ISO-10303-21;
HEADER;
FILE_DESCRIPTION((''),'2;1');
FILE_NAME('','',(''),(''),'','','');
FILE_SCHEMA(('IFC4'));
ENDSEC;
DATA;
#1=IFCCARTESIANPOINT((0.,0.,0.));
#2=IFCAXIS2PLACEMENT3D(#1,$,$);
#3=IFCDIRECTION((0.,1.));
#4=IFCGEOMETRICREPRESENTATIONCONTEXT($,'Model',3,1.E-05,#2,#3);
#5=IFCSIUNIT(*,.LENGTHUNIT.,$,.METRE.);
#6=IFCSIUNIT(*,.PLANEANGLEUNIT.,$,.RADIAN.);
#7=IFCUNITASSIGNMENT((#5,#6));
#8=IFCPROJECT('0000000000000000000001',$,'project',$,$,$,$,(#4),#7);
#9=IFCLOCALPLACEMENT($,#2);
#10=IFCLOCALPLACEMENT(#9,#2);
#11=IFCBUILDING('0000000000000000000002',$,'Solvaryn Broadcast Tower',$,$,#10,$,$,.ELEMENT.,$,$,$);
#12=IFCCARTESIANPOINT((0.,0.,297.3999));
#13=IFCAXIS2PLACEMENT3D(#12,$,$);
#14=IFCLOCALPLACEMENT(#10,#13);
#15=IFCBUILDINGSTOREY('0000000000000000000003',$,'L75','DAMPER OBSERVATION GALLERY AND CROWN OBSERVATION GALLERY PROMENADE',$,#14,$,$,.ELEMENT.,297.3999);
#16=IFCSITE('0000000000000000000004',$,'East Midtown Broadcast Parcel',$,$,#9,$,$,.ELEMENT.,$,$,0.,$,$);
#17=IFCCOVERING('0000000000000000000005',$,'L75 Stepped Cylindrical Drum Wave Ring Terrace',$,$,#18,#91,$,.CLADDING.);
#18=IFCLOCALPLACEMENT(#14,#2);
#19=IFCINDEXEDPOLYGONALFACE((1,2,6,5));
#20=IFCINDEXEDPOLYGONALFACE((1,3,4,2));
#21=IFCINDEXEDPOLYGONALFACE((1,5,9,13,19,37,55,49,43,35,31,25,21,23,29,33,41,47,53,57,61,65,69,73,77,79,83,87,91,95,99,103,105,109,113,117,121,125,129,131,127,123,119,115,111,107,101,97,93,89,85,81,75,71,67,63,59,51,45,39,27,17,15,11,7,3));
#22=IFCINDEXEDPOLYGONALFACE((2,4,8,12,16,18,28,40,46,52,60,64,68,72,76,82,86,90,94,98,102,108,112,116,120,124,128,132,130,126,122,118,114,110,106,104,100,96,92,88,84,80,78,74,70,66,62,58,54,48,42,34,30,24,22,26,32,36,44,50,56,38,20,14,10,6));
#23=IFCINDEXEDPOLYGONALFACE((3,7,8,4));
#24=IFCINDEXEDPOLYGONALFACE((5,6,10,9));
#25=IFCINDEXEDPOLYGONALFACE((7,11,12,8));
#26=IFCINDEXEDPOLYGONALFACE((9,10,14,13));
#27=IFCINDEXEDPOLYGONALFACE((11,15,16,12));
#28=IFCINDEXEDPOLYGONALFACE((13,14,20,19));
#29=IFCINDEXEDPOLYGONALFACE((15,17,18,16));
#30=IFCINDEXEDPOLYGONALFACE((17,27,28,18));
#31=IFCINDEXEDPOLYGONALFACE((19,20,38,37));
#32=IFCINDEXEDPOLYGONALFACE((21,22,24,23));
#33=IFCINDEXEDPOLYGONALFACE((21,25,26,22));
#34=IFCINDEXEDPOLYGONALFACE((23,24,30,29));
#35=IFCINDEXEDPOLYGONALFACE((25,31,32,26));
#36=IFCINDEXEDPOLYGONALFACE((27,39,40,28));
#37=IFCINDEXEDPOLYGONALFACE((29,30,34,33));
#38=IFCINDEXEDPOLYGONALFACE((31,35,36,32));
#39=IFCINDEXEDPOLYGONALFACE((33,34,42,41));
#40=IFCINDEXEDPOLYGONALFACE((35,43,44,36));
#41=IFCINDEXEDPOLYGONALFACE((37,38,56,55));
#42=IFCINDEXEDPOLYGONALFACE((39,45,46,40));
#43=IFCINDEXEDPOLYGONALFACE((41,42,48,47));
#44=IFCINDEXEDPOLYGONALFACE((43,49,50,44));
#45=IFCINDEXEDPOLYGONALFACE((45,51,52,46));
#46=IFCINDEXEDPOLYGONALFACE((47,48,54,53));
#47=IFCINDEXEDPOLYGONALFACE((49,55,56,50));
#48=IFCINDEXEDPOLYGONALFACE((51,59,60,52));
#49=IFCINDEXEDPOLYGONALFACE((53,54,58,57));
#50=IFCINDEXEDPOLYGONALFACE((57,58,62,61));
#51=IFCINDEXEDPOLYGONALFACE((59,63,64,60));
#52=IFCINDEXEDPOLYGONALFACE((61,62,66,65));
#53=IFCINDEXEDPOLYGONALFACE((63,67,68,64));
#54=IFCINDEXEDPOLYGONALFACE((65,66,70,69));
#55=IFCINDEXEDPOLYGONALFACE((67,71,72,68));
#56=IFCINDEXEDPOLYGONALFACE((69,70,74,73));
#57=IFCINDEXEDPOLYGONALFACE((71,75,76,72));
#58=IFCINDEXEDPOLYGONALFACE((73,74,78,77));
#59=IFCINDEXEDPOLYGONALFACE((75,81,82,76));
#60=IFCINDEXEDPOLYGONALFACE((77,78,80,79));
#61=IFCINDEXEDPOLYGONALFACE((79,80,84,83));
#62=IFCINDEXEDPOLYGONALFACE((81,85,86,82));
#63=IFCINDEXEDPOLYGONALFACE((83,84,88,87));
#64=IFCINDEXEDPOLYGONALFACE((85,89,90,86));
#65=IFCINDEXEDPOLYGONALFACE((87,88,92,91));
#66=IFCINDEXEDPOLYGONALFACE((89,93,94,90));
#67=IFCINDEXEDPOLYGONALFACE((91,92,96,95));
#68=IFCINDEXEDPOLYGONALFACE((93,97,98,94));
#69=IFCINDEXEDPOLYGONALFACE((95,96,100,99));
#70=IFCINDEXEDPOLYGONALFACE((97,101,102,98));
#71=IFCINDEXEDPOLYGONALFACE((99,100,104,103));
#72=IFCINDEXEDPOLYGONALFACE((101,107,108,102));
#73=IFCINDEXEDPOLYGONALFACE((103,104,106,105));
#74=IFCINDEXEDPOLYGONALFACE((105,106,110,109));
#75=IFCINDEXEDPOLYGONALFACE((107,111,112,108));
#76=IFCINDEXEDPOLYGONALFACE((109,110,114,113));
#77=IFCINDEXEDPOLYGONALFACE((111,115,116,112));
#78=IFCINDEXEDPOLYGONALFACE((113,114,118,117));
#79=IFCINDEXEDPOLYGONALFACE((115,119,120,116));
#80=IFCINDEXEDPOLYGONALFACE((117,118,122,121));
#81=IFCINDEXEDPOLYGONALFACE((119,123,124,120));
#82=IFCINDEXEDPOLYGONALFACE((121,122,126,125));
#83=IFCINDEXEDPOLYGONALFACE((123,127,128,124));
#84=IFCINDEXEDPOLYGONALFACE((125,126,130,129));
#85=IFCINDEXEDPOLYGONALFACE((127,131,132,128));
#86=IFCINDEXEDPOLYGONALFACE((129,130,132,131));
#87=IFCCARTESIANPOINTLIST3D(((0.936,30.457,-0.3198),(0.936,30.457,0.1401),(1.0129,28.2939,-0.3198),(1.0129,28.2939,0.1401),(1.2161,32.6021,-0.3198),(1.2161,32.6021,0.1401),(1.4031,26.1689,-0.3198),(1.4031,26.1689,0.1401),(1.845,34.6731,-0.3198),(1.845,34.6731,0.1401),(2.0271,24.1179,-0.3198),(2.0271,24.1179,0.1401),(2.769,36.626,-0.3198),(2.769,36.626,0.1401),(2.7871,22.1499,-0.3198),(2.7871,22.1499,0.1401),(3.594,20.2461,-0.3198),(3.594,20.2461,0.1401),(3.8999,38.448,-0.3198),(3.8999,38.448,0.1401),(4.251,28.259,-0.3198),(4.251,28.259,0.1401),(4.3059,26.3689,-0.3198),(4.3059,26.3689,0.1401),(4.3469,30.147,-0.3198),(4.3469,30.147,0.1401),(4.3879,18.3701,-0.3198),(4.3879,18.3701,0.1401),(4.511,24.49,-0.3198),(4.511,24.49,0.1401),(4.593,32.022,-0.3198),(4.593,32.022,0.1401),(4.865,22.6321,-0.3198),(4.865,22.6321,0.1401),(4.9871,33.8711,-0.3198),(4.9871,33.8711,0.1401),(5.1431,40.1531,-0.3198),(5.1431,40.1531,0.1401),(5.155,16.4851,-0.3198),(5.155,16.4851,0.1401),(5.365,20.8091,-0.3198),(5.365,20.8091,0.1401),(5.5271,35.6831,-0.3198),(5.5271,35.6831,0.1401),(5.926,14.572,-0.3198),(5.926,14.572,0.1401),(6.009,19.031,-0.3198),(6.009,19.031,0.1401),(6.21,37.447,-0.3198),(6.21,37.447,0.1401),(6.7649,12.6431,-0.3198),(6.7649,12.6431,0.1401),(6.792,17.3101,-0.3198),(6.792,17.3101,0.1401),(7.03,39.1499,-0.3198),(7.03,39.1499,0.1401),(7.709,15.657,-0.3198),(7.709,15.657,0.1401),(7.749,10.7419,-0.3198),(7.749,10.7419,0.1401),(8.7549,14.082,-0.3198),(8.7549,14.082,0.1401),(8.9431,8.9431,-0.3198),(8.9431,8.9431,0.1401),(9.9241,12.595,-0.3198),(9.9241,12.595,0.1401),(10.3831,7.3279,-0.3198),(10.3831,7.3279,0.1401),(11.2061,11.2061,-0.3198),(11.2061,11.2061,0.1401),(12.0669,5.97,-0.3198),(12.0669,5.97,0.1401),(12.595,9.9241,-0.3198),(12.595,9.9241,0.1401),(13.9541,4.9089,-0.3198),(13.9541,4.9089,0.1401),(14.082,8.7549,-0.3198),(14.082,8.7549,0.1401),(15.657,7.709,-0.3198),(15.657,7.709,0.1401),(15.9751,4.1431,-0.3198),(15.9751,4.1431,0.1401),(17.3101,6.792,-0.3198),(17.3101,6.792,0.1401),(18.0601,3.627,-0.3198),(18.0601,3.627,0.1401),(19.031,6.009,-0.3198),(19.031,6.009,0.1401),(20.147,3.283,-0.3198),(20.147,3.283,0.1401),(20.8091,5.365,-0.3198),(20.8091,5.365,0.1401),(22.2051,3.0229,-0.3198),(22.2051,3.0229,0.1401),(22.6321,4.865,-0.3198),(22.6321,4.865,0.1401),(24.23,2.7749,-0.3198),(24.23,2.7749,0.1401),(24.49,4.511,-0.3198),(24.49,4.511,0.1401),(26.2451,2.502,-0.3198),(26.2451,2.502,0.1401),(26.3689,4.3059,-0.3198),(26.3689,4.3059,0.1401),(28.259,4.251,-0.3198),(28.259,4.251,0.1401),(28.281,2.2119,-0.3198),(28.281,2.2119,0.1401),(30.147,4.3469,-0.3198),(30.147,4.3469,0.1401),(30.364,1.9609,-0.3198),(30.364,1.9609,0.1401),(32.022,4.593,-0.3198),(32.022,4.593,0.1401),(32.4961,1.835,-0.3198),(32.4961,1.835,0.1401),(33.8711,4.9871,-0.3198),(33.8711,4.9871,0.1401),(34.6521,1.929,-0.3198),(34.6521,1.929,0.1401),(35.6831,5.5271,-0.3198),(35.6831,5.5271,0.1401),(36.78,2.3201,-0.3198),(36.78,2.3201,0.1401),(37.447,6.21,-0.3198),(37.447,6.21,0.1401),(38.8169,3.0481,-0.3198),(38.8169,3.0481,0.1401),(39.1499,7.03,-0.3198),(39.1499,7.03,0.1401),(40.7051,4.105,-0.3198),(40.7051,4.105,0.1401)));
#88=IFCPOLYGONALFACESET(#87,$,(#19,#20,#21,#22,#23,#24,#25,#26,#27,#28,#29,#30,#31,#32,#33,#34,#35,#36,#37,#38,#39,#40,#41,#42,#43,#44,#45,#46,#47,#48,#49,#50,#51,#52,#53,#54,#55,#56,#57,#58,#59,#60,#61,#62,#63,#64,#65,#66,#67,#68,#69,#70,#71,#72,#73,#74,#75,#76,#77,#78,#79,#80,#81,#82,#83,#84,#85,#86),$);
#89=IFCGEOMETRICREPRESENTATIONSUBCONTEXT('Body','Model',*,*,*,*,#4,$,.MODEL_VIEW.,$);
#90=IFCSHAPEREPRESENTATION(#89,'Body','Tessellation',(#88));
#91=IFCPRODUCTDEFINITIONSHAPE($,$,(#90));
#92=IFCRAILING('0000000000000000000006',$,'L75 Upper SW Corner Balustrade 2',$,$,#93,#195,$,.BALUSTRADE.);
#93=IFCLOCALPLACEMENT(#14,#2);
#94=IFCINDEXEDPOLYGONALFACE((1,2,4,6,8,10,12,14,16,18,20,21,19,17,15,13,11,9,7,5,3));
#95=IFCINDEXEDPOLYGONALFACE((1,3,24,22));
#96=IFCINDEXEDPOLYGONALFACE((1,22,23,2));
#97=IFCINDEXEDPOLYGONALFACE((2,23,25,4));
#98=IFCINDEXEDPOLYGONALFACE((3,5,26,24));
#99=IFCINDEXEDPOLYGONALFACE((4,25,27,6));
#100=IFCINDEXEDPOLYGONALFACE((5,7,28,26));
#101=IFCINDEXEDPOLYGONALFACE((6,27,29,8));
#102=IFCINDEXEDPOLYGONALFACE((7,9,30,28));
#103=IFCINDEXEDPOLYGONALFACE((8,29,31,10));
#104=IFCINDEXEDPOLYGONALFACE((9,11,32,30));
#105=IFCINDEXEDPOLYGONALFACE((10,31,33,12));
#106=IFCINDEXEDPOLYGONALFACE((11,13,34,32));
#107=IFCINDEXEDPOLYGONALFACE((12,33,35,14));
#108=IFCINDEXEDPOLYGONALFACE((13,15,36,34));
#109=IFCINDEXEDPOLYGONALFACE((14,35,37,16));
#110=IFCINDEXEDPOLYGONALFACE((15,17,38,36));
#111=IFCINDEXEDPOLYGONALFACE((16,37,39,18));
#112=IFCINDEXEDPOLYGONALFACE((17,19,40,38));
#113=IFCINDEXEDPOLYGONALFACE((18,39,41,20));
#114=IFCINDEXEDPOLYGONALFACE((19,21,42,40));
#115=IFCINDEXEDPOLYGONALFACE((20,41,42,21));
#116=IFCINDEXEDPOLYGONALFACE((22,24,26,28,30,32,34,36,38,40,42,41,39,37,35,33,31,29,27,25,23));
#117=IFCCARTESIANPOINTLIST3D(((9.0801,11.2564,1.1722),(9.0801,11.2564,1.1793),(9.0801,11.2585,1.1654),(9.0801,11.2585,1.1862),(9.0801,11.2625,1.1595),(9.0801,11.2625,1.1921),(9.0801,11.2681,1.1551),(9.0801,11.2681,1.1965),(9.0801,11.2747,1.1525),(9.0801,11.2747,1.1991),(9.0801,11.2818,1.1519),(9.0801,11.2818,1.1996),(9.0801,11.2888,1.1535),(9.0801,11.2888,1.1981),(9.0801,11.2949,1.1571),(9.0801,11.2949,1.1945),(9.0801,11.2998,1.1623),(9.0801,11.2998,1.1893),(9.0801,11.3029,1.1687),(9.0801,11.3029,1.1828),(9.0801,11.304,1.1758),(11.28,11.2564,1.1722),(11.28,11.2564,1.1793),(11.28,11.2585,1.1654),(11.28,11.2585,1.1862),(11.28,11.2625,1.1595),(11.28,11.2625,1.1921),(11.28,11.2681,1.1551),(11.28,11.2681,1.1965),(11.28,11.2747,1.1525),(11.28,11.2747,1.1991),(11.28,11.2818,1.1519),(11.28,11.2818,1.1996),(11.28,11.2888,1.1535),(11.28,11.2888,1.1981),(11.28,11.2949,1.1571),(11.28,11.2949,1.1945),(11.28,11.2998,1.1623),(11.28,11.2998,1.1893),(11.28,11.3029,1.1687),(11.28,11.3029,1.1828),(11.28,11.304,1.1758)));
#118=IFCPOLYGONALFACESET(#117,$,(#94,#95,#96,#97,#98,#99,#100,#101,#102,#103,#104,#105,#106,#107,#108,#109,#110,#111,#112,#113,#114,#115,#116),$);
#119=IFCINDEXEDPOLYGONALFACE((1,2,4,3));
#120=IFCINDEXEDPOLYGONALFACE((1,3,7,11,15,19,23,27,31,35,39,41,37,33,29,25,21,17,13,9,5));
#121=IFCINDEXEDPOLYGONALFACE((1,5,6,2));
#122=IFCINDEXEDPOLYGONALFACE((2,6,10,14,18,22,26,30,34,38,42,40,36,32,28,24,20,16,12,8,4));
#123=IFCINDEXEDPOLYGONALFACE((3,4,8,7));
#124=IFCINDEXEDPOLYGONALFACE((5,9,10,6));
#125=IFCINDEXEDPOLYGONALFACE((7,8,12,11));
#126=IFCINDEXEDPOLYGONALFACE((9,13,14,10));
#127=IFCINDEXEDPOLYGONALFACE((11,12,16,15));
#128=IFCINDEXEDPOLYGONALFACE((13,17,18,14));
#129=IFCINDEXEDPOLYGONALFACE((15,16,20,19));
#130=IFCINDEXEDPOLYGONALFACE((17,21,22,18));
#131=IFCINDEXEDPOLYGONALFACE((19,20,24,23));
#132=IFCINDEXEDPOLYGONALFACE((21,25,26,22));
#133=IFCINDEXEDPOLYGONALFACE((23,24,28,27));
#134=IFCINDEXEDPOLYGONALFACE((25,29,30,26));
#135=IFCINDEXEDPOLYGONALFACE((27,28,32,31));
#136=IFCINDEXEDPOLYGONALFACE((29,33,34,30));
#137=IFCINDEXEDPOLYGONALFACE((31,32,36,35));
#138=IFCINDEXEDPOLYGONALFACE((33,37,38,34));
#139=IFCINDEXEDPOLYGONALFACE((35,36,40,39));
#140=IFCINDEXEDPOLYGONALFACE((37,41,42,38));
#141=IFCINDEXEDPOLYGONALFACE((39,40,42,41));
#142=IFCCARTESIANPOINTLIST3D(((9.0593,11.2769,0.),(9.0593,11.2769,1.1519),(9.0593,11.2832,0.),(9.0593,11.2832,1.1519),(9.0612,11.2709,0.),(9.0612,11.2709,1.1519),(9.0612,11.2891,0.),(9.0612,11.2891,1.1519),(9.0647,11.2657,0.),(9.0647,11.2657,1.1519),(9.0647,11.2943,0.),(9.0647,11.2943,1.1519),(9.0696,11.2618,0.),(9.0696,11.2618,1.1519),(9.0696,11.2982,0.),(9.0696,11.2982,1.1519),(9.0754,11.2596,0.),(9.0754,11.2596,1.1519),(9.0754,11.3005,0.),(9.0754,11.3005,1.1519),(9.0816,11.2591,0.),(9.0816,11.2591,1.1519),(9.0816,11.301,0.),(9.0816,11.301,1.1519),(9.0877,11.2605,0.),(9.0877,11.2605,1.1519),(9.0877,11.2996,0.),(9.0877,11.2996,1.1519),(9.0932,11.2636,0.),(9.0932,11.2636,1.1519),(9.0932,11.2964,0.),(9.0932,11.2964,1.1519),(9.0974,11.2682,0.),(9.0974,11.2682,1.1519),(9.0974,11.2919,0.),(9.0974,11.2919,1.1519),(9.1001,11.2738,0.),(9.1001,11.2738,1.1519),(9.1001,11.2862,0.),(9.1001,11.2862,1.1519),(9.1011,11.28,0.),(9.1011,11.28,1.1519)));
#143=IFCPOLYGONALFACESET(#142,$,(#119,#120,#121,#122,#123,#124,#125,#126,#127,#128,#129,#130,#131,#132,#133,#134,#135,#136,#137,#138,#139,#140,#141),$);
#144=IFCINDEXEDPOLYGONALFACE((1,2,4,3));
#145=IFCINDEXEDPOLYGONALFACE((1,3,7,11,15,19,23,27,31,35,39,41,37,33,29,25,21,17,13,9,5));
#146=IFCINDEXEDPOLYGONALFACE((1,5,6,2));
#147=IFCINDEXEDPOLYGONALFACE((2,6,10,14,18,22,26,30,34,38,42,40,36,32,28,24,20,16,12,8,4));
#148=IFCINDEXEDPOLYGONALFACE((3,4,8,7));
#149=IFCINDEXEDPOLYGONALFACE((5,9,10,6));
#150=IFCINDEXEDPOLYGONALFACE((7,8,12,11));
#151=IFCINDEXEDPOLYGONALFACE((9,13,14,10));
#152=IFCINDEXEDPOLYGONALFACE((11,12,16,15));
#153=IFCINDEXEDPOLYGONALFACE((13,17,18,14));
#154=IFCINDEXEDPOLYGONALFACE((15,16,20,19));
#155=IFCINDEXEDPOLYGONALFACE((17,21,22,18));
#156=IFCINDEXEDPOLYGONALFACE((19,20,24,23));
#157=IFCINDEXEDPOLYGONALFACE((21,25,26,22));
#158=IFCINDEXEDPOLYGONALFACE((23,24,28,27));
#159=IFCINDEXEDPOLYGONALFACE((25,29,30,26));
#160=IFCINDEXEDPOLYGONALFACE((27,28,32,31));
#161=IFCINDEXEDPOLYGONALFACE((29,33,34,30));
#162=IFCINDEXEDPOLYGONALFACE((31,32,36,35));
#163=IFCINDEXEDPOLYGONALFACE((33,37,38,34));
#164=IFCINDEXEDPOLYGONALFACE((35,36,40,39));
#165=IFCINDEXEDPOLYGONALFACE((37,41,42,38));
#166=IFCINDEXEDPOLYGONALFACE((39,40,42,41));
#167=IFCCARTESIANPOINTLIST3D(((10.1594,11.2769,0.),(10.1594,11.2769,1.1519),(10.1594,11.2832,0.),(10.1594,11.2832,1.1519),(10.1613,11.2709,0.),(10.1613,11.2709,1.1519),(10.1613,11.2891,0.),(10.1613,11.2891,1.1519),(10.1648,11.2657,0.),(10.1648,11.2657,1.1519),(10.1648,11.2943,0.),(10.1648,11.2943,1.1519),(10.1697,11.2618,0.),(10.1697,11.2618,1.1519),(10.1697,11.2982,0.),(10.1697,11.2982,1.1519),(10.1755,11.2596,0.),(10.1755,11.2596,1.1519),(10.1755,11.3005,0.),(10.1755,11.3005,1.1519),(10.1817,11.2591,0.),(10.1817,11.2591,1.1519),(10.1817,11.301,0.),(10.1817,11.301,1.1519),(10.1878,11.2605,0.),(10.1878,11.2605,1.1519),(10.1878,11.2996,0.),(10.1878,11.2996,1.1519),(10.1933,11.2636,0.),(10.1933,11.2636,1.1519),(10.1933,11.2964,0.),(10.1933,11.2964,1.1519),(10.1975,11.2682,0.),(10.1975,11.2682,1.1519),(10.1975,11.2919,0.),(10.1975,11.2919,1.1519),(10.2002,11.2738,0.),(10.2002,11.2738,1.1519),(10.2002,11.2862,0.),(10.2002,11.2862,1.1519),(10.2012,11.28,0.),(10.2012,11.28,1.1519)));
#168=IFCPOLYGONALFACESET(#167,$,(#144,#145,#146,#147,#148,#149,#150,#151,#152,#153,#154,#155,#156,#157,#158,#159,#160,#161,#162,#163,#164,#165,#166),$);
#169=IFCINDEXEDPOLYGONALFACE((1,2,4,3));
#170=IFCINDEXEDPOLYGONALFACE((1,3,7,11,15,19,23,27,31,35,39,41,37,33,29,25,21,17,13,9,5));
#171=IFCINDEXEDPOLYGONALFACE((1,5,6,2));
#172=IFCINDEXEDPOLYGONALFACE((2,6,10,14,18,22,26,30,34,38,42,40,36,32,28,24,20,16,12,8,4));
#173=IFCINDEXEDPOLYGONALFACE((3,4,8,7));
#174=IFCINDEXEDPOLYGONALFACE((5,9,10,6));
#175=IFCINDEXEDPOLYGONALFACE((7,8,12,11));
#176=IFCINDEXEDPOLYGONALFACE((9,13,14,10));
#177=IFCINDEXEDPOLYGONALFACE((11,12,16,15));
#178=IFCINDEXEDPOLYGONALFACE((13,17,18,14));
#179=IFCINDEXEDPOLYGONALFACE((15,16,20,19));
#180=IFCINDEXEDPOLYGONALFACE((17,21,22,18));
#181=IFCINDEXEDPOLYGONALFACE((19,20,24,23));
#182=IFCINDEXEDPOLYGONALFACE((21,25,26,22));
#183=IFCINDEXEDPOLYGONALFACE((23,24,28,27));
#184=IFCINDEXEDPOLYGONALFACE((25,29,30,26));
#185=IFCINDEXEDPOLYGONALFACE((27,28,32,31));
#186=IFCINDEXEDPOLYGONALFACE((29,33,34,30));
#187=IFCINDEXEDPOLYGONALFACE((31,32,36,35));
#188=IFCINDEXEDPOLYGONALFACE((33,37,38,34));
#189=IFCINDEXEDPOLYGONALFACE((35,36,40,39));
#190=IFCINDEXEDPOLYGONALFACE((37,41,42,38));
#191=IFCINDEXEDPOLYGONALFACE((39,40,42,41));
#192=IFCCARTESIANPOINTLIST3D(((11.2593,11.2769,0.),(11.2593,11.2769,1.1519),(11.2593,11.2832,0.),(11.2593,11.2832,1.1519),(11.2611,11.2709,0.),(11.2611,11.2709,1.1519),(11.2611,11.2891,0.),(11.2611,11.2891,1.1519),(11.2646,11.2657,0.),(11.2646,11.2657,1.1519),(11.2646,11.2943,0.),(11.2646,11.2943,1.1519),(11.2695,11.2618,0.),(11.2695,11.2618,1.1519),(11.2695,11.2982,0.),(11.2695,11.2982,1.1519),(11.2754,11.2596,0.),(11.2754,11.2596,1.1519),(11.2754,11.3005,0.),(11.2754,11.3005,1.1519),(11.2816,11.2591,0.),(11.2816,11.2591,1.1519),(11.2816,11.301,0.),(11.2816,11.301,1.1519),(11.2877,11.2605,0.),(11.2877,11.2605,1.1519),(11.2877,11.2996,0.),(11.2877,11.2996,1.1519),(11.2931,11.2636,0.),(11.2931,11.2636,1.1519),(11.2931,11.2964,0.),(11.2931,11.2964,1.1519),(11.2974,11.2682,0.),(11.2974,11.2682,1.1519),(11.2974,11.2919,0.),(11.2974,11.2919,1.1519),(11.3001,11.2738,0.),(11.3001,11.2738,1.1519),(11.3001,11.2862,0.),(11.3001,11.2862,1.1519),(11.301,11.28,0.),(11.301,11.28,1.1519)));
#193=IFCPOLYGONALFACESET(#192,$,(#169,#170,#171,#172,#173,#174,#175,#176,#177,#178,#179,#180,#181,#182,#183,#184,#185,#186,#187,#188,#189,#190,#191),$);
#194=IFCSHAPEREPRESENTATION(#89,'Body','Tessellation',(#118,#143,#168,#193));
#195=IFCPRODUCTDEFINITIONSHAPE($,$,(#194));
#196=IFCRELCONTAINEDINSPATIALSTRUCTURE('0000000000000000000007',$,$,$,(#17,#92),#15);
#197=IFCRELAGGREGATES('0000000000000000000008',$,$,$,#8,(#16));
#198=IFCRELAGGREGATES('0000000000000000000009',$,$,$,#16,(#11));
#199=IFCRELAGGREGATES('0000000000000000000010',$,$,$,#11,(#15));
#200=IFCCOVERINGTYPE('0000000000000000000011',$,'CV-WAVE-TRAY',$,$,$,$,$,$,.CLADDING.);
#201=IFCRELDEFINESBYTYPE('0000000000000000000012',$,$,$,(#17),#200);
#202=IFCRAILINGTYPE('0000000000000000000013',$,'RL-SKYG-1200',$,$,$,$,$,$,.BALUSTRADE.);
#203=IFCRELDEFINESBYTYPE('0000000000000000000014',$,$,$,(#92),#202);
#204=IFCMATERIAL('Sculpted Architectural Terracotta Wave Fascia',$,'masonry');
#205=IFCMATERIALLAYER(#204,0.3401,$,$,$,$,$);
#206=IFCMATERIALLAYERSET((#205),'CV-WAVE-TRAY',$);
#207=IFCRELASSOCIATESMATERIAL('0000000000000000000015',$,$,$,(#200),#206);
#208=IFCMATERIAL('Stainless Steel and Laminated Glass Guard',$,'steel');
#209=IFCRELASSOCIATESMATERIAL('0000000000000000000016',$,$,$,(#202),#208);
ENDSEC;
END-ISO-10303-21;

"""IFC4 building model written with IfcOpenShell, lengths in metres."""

from ifc_helpers import new_model, si_unit, direction, frame, origin, origin_2d, place, context, subcontext, project, spatial, polyline, circle, outline, extrude, material, layer, layer_set, type_object, element, save


model = new_model("IFC4")

# Units and contexts
model_context = context("Model", 3, precision=1e-05, world=origin(), true_north=direction((0.0, 1.0)))
body_context = subcontext(model_context, "Body", "Model", "MODEL_VIEW")
ifc_project = project(units=[si_unit("LENGTHUNIT", "METRE"), si_unit("PLANEANGLEUNIT", "RADIAN")], contexts=[model_context])

# Site, building, storey
site_placement = place(None, origin())
site = spatial("IfcSite", under=ifc_project, at=site_placement, Name="East Midtown Broadcast Parcel", CompositionType="ELEMENT", RefElevation=0.0)
building_placement = place(site_placement, origin())
building = spatial("IfcBuilding", under=site, at=building_placement, Name="Solvaryn Broadcast Tower", CompositionType="ELEMENT")
storey_placement = place(building_placement, frame((0.0, 0.0, 297.3999)))
storey = spatial("IfcBuildingStorey", under=building, at=storey_placement, Name="L75", Description="DAMPER OBSERVATION GALLERY AND CROWN OBSERVATION GALLERY PROMENADE", CompositionType="ELEMENT", Elevation=297.3999)

# Covering
ifc_material_1 = material(Name="Sculpted Architectural Terracotta Wave Fascia", Category="masonry")
ifc_layer_1 = layer(ifc_material_1, 0.3401)
ifc_layer_set_1 = layer_set([ifc_layer_1], Name="CV-WAVE-TRAY")
covering_type_1 = type_object("IfcCoveringType", Name="CV-WAVE-TRAY", PredefinedType="CLADDING", material=ifc_layer_set_1)
covering_1_placement = place(storey_placement, frame((0.0, 0.0, -0.3198)))
element("IfcCovering", 1, at=covering_1_placement, inside=storey, type_object=covering_type_1, Name="L75 Stepped Cylindrical Drum Wave Ring Terrace", PredefinedType="CLADDING", context=body_context, shape_type="SweptSolid", body=[
    extrude(outline(polyline([(5.1431, 40.1531), (3.8999, 38.448), (2.769, 36.626), (1.845, 34.6731), (1.2161, 32.6021), (0.936, 30.457), (1.0129, 28.2939), (1.4031, 26.1689), (2.0271, 24.1179), (2.7871, 22.1499), (3.594, 20.2461), (4.3879, 18.3701), (5.155, 16.4851), (5.926, 14.572), (6.7649, 12.6431), (7.749, 10.7419), (8.9431, 8.9431), (10.3831, 7.3279), (12.0669, 5.97), (13.9541, 4.9089), (15.9751, 4.1431), (18.0601, 3.627), (20.147, 3.283), (22.2051, 3.0229), (24.23, 2.7749), (26.2451, 2.502), (28.281, 2.2119), (30.364, 1.9609), (32.4961, 1.835), (34.6521, 1.929), (36.78, 2.3201), (38.8169, 3.0481), (40.7051, 4.105), (39.1499, 7.03), (37.447, 6.21), (35.6831, 5.5271), (33.8711, 4.9871), (32.022, 4.593), (30.147, 4.3469), (28.259, 4.251), (26.3689, 4.3059), (24.49, 4.511), (22.6321, 4.865), (20.8091, 5.365), (19.031, 6.009), (17.3101, 6.792), (15.657, 7.709), (14.082, 8.7549), (12.595, 9.9241), (11.2061, 11.2061), (9.9241, 12.595), (8.7549, 14.082), (7.709, 15.657), (6.792, 17.3101), (6.009, 19.031), (5.365, 20.8091), (4.865, 22.6321), (4.511, 24.49), (4.3059, 26.3689), (4.251, 28.259), (4.3469, 30.147), (4.593, 32.022), (4.9871, 33.8711), (5.5271, 35.6831), (6.21, 37.447), (7.03, 39.1499), (5.1431, 40.1531)])), origin(), (0.0, 0.0, 1.0), 0.46),
])

# Railing
ifc_material_2 = material(Name="Stainless Steel and Laminated Glass Guard", Category="steel")
railing_type = type_object("IfcRailingType", Name="RL-SKYG-1200", PredefinedType="BALUSTRADE", material=ifc_material_2)
railing_1_placement = place(storey_placement, frame((9.0801, 11.28, 0.0)))
element("IfcRailing", 2, at=railing_1_placement, inside=storey, type_object=railing_type, Name="L75 Upper SW Corner Balustrade 2", PredefinedType="BALUSTRADE", context=body_context, shape_type="SweptSolid", body=[
    extrude(circle(Radius=0.0239, at=origin_2d()), frame((0.0, 0.0, 1.1758), z_axis=(1.0, 0.0, 0.0), x_axis=(0.0, 1.0, 0.0)), (0.0, 0.0, 1.0), 2.2),
    extrude(circle(Radius=0.021, at=origin_2d()), origin(), (0.0, 0.0, 1.0), 1.1519),
    extrude(circle(Radius=0.021, at=origin_2d()), frame((1.1001, 0.0, 0.0)), (0.0, 0.0, 1.0), 1.1519),
    extrude(circle(Radius=0.021, at=origin_2d()), frame((2.2, 0.0, 0.0)), (0.0, 0.0, 1.0), 1.1519),
])

save(model, "model.ifc")
